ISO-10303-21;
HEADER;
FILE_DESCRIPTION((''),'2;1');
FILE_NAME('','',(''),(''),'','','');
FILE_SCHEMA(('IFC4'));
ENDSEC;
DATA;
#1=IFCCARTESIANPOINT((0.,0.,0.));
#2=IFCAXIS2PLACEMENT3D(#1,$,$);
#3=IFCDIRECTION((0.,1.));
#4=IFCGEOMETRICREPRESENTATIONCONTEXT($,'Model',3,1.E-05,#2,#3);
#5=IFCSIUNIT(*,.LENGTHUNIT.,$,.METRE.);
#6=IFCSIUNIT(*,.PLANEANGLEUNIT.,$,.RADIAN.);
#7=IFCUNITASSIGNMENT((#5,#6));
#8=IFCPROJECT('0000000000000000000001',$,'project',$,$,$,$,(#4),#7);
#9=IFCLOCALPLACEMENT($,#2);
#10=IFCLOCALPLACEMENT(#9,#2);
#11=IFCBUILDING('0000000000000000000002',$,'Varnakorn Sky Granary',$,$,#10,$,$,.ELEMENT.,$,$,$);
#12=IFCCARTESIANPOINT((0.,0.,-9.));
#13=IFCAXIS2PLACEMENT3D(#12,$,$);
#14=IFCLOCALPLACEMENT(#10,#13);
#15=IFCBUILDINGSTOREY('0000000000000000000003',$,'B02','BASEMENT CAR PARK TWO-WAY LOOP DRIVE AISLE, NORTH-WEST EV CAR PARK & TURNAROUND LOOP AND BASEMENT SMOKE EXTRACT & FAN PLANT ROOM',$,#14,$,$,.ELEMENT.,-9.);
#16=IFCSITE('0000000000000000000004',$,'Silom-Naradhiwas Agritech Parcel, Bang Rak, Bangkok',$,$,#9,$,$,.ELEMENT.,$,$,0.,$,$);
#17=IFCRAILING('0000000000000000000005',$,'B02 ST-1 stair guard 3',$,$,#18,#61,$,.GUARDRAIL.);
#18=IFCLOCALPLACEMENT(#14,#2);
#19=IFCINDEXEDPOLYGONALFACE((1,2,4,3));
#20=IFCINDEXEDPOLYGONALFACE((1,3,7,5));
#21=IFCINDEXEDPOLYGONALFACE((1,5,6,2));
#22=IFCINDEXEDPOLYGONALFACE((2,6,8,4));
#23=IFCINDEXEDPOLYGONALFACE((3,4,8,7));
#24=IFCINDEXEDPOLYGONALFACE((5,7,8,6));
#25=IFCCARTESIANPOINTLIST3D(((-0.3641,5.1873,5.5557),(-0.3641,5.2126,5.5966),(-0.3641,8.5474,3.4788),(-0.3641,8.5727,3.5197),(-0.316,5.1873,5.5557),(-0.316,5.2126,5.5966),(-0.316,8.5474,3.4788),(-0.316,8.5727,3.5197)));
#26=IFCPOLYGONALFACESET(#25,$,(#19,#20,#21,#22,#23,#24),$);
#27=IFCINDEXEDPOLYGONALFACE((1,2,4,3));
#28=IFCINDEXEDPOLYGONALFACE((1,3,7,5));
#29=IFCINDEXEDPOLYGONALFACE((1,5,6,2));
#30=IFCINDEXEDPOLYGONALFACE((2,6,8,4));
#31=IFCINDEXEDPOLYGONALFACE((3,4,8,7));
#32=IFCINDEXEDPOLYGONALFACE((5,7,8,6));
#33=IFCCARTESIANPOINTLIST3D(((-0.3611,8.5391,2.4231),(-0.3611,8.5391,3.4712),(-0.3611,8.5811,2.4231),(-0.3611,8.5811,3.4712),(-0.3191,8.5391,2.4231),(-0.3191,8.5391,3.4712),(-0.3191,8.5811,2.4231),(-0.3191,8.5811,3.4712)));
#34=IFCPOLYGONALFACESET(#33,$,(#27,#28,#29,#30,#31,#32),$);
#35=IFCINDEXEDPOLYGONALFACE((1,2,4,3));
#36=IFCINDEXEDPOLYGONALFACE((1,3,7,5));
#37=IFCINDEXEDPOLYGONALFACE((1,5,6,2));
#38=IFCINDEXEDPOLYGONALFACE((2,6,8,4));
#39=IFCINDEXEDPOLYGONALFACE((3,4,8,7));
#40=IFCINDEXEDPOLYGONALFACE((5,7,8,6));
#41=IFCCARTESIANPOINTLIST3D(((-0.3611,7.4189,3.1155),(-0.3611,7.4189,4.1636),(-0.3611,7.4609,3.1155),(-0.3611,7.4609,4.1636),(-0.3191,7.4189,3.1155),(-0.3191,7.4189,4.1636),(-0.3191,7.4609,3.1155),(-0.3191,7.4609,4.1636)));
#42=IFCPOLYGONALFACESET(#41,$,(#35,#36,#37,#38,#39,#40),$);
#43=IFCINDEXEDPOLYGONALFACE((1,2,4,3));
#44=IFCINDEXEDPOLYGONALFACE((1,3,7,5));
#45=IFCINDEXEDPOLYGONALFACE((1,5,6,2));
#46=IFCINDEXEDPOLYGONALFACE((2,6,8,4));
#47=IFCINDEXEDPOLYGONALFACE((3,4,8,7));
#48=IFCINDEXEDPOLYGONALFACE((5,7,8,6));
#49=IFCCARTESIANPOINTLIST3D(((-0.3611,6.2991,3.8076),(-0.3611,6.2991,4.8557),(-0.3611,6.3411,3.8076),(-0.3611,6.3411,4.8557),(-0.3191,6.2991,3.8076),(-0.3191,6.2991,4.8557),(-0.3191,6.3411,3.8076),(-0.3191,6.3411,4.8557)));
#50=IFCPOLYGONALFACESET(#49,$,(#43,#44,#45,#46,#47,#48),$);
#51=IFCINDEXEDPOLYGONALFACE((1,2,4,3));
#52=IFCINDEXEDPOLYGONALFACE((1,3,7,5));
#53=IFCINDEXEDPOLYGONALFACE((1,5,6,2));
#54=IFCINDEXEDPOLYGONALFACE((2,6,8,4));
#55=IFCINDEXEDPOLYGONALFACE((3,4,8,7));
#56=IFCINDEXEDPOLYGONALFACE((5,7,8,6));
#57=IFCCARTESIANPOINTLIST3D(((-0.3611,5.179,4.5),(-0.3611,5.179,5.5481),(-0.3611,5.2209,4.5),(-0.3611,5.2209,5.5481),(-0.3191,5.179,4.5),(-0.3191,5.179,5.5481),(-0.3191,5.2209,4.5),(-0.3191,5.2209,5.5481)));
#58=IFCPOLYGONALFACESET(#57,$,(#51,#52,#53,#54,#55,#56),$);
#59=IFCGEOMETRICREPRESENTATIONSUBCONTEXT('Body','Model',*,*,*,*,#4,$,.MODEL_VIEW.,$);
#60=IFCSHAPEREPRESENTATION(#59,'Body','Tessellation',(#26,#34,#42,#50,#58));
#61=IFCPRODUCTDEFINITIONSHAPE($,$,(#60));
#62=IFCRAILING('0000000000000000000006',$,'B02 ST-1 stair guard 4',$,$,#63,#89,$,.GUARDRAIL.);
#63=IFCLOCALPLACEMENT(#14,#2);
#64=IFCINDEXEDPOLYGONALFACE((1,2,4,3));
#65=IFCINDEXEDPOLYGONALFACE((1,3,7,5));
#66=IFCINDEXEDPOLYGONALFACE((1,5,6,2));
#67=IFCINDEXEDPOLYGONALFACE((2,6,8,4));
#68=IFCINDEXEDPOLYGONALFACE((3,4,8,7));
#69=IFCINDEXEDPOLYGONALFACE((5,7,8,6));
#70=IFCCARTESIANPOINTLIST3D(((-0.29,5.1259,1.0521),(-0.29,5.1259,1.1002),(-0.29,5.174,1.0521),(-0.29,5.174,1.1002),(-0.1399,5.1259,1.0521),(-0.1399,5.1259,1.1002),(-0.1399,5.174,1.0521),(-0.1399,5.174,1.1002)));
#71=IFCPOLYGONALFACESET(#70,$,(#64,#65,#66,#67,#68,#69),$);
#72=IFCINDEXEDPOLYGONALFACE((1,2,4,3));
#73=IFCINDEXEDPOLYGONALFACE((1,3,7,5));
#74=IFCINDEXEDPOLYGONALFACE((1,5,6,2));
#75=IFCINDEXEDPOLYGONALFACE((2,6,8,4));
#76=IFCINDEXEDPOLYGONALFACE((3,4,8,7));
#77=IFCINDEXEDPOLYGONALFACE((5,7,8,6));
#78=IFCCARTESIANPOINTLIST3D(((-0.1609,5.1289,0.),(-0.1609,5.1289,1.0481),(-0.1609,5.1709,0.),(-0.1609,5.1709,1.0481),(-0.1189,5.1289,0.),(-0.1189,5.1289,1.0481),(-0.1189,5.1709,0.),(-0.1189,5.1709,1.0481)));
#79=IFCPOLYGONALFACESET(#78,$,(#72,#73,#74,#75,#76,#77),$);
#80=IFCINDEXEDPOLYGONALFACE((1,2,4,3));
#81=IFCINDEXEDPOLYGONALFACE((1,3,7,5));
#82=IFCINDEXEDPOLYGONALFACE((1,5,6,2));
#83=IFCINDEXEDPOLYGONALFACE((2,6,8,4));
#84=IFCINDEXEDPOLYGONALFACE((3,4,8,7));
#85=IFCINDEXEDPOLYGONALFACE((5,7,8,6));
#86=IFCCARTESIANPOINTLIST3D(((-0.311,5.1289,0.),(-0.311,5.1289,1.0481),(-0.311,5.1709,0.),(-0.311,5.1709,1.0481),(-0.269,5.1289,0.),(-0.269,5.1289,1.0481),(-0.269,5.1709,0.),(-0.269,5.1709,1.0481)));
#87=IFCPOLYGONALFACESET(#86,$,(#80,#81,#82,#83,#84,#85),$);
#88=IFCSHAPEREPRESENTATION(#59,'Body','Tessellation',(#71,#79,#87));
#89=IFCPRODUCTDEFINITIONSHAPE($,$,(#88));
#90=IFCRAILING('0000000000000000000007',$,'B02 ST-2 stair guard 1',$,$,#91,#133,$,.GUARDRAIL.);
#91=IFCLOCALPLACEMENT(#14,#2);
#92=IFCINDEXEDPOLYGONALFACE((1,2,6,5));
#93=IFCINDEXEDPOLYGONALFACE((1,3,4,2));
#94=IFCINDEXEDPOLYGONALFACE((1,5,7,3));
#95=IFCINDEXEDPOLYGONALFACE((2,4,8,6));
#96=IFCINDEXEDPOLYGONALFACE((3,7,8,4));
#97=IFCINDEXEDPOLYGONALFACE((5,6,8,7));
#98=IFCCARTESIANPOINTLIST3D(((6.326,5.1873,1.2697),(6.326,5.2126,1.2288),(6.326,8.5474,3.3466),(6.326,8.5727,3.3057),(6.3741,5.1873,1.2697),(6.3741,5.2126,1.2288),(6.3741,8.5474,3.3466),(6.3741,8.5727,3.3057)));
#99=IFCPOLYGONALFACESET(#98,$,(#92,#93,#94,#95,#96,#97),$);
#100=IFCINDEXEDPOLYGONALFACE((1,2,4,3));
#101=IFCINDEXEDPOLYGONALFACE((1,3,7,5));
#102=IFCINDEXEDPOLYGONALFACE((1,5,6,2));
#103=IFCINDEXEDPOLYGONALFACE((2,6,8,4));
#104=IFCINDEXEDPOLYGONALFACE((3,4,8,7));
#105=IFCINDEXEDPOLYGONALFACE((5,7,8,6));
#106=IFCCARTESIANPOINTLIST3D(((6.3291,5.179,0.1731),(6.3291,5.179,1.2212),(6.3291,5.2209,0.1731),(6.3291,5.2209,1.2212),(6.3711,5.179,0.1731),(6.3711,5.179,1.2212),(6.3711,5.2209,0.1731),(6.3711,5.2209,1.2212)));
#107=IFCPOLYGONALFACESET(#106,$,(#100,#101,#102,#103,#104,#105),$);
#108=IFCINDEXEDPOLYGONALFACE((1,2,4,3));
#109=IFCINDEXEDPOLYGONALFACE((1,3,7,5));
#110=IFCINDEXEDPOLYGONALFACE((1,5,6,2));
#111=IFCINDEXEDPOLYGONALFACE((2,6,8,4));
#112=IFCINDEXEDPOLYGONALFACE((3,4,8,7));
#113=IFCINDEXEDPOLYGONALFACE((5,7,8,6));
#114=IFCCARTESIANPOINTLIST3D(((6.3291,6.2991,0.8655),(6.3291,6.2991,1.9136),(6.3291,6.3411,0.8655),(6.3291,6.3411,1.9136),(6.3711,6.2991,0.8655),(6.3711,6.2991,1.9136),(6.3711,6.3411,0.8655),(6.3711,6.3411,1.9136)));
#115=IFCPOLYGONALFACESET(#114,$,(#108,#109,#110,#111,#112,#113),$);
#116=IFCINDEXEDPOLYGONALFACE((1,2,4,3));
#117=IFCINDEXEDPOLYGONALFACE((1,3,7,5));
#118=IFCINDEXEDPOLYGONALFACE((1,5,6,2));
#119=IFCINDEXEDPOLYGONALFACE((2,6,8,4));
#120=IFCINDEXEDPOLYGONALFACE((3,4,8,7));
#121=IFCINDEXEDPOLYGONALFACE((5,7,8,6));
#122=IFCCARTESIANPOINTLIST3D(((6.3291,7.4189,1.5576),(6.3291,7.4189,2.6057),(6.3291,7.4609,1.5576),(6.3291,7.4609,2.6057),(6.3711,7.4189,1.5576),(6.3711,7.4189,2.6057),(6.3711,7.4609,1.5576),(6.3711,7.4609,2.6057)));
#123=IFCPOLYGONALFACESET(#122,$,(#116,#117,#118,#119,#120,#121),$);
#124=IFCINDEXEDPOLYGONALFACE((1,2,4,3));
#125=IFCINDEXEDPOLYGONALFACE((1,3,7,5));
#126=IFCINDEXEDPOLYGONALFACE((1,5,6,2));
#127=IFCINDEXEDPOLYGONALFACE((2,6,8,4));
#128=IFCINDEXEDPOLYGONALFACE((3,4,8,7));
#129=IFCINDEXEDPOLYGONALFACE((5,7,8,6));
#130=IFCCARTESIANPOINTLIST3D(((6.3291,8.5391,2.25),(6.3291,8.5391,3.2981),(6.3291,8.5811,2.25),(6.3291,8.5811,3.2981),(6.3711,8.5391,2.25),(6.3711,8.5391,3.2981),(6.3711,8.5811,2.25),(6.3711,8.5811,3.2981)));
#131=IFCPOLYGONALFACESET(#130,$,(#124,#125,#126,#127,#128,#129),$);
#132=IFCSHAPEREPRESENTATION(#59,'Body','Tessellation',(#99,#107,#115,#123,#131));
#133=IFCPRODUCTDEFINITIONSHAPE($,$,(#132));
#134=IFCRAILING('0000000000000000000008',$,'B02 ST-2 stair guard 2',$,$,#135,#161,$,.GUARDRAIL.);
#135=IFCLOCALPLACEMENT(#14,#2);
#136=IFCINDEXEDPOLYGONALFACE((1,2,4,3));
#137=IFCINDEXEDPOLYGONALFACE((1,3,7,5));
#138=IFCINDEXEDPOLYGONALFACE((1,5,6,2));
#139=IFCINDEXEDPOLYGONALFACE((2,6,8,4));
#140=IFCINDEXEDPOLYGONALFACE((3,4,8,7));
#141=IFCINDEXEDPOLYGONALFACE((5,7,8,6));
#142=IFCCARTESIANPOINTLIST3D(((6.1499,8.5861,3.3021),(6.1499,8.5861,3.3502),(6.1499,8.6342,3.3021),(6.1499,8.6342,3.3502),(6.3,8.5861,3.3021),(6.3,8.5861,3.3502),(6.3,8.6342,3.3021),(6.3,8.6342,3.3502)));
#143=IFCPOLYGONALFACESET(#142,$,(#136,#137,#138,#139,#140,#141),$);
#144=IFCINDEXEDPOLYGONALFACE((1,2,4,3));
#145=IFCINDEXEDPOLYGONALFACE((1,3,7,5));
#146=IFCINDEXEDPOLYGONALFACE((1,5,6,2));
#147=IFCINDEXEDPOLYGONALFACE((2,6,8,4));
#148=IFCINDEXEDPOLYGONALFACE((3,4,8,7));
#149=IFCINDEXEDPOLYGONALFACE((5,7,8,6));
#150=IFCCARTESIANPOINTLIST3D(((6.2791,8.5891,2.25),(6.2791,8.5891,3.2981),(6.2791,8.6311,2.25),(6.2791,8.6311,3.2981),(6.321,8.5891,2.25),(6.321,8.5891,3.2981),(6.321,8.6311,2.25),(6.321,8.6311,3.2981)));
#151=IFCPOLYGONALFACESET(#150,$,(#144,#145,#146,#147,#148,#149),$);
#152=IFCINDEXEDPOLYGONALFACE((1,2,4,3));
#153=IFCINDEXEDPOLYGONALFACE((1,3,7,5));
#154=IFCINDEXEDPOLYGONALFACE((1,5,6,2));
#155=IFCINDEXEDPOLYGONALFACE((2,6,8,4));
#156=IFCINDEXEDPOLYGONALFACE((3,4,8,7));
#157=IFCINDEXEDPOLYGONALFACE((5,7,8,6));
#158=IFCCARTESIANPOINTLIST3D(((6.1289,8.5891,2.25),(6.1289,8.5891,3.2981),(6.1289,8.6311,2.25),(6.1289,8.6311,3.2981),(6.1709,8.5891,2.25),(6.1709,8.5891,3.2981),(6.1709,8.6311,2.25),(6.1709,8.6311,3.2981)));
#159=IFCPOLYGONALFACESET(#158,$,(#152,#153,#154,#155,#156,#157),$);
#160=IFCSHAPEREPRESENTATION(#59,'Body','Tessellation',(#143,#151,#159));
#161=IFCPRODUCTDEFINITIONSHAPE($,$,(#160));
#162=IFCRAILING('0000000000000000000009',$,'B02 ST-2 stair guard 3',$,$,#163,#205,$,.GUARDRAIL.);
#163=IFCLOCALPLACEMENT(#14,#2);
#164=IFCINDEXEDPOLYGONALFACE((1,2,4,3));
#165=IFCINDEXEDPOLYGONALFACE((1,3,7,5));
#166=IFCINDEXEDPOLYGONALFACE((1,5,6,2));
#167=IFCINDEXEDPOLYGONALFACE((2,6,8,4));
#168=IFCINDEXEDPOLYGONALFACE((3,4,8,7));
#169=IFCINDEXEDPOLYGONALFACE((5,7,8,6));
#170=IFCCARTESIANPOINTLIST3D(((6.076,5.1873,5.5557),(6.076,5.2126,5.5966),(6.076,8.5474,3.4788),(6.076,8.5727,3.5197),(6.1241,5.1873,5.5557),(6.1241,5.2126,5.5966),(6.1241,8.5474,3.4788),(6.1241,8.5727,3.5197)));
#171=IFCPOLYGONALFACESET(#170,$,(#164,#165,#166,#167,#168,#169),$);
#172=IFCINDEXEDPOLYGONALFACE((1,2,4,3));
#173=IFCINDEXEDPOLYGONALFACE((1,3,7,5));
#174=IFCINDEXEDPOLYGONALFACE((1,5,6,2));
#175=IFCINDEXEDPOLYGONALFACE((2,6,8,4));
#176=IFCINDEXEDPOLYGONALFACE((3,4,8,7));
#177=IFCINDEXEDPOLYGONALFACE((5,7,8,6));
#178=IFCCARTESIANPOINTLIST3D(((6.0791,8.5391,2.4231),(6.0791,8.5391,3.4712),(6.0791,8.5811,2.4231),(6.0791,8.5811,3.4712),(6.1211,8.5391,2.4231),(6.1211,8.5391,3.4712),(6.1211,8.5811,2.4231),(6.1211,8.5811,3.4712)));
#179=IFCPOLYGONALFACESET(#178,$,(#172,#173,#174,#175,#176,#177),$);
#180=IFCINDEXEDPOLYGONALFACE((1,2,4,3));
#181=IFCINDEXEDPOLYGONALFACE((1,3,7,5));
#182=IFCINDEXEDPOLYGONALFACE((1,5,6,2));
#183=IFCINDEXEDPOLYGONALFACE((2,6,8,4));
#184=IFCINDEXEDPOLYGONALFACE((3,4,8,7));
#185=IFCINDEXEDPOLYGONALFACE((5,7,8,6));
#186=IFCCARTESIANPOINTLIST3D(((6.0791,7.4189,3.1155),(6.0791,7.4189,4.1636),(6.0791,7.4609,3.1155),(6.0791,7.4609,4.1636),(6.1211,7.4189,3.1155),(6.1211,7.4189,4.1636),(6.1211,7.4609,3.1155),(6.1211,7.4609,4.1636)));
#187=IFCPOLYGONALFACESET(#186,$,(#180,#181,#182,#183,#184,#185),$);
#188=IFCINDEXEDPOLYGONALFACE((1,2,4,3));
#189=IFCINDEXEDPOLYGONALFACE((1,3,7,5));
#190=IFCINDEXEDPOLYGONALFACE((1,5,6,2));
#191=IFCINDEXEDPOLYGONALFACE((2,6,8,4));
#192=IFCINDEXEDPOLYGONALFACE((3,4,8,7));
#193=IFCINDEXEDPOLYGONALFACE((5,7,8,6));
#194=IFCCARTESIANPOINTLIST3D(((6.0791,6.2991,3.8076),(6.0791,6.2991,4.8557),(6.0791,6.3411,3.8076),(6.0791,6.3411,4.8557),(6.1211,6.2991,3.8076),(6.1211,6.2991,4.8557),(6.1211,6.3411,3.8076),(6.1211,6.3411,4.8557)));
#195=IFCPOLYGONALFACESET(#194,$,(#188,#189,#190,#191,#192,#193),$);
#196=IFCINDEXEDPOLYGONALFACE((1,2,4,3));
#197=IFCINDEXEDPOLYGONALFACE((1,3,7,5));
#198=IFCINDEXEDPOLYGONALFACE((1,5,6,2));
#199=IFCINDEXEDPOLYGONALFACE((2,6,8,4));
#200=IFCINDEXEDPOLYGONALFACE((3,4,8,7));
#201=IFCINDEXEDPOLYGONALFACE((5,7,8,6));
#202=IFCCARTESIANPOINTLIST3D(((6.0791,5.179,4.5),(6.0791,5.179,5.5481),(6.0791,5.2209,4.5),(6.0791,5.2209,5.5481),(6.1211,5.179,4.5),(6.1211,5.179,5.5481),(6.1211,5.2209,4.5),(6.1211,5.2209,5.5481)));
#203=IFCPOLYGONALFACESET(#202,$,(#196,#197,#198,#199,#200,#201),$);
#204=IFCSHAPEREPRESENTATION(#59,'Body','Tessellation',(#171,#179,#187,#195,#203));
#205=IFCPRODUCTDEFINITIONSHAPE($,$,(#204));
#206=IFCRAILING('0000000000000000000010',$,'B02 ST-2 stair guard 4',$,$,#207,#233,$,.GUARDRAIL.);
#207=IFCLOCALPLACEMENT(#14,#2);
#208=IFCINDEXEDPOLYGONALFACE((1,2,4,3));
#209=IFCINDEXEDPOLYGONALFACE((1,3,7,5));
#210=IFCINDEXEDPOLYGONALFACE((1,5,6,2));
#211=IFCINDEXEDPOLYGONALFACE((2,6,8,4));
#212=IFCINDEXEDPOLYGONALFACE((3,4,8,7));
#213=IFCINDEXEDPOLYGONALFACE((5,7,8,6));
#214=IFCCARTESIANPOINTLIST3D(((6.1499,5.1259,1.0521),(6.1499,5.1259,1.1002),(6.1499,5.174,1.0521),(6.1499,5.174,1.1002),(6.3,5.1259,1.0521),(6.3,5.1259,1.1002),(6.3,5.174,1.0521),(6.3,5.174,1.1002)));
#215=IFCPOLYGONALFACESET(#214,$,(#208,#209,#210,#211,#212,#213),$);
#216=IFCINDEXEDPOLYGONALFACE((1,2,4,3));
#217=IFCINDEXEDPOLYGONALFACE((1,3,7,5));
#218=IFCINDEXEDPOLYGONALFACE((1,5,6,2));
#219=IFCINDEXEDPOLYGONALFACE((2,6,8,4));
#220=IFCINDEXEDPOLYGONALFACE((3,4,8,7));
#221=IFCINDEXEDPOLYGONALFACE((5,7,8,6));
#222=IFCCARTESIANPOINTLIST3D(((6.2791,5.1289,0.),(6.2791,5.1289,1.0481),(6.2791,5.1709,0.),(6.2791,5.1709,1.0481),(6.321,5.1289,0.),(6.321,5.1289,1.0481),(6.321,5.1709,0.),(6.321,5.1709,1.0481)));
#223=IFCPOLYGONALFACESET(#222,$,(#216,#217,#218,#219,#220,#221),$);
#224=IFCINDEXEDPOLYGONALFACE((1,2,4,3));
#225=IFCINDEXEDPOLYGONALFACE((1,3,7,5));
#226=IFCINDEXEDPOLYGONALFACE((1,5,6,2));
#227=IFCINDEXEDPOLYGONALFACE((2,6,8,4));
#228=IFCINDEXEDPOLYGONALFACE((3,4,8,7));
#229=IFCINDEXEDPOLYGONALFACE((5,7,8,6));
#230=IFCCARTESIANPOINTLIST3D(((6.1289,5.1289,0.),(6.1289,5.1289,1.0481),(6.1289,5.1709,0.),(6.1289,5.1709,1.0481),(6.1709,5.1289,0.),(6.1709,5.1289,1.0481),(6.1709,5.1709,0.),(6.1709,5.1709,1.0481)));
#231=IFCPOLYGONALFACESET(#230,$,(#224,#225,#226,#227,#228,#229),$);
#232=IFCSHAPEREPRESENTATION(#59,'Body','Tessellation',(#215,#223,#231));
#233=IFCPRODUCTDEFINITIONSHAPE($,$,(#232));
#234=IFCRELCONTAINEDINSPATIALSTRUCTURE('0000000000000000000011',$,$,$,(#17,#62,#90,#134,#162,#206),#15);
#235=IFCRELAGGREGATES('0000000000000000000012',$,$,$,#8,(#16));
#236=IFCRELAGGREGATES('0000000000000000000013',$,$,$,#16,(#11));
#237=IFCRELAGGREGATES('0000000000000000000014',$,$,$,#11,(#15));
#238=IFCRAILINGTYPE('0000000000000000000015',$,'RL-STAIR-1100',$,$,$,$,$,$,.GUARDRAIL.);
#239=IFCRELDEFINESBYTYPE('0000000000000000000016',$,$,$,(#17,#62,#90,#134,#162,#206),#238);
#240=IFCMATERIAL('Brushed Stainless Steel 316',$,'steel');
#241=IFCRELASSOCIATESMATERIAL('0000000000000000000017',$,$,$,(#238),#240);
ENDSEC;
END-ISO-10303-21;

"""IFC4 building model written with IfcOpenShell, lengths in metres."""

from ifc_helpers import new_model, si_unit, direction, frame, origin, origin_2d, place, context, subcontext, project, spatial, rectangle, extrude, material, type_object, element, save


model = new_model("IFC4")

# Units and contexts
model_context = context("Model", 3, precision=1e-05, world=origin(), true_north=direction((0.0, 1.0)))
body_context = subcontext(model_context, "Body", "Model", "MODEL_VIEW")
ifc_project = project(units=[si_unit("LENGTHUNIT", "METRE"), si_unit("PLANEANGLEUNIT", "RADIAN")], contexts=[model_context])

# Site, building, storey
site_placement = place(None, origin())
site = spatial("IfcSite", under=ifc_project, at=site_placement, Name="Silom-Naradhiwas Agritech Parcel, Bang Rak, Bangkok", CompositionType="ELEMENT", RefElevation=0.0)
building_placement = place(site_placement, origin())
building = spatial("IfcBuilding", under=site, at=building_placement, Name="Varnakorn Sky Granary", CompositionType="ELEMENT")
storey_placement = place(building_placement, frame((0.0, 0.0, -9.0)))
storey = spatial("IfcBuildingStorey", under=building, at=storey_placement, Name="B02", Description="BASEMENT CAR PARK TWO-WAY LOOP DRIVE AISLE, NORTH-WEST EV CAR PARK & TURNAROUND LOOP AND BASEMENT SMOKE EXTRACT & FAN PLANT ROOM", CompositionType="ELEMENT", Elevation=-9.0)

# Railings
ifc_material_1 = material(Name="Brushed Stainless Steel 316", Category="steel")
railing_type_1 = type_object("IfcRailingType", Name="RL-STAIR-1100", PredefinedType="GUARDRAIL", material=ifc_material_1)
railing_1_placement = place(storey_placement, frame((-0.3401, 8.5601, 2.4231)))
element("IfcRailing", 1, at=railing_1_placement, inside=storey, type_object=railing_type_1, Name="B02 ST-1 stair guard 3", PredefinedType="GUARDRAIL", context=body_context, shape_type="SweptSolid", body=[
    extrude(rectangle(XDim=0.0481, YDim=0.0481, at=origin_2d()), frame((0.0, 0.0, 1.0762), z_axis=(0.0, -0.850623, 0.525776), x_axis=(1.0, 0.0, 0.0)), (0.0, 0.0, 1.0), 3.9502),
    extrude(rectangle(XDim=0.042, YDim=0.042, at=origin_2d()), origin(), (0.0, 0.0, 1.0), 1.0481),
    extrude(rectangle(XDim=0.042, YDim=0.042, at=origin_2d()), frame((0.0, -1.1201, 0.6924)), (0.0, 0.0, 1.0), 1.0481),
    extrude(rectangle(XDim=0.042, YDim=0.042, at=origin_2d()), frame((0.0, -2.24, 1.3845)), (0.0, 0.0, 1.0), 1.0481),
    extrude(rectangle(XDim=0.042, YDim=0.042, at=origin_2d()), frame((0.0, -3.3601, 2.0769)), (0.0, 0.0, 1.0), 1.0481),
])
railing_2_placement = place(storey_placement, frame((-0.1399, 5.1499, 0.0)))
element("IfcRailing", 2, at=railing_2_placement, inside=storey, type_object=railing_type_1, Name="B02 ST-1 stair guard 4", PredefinedType="GUARDRAIL", context=body_context, shape_type="SweptSolid", body=[
    extrude(rectangle(XDim=0.0481, YDim=0.0481, at=origin_2d()), frame((0.0, 0.0, 1.0762), z_axis=(-1.0, 0.0, 0.0), x_axis=(0.0, -1.0, 0.0)), (0.0, 0.0, 1.0), 0.1501),
    extrude(rectangle(XDim=0.042, YDim=0.042, at=origin_2d()), origin(), (0.0, 0.0, 1.0), 1.0481),
    extrude(rectangle(XDim=0.042, YDim=0.042, at=origin_2d()), frame((-0.1501, 0.0, 0.0)), (0.0, 0.0, 1.0), 1.0481),
])
railing_3_placement = place(storey_placement, frame((6.3501, 5.2, 0.1731)))
element("IfcRailing", 3, at=railing_3_placement, inside=storey, type_object=railing_type_1, Name="B02 ST-2 stair guard 1", PredefinedType="GUARDRAIL", context=body_context, shape_type="SweptSolid", body=[
    extrude(rectangle(XDim=0.0481, YDim=0.0481, at=origin_2d()), frame((0.0, 0.0, 1.0762), z_axis=(0.0, 0.850623, 0.525776), x_axis=(-1.0, 0.0, 0.0)), (0.0, 0.0, 1.0), 3.9502),
    extrude(rectangle(XDim=0.042, YDim=0.042, at=origin_2d()), origin(), (0.0, 0.0, 1.0), 1.0481),
    extrude(rectangle(XDim=0.042, YDim=0.042, at=origin_2d()), frame((0.0, 1.1201, 0.6924)), (0.0, 0.0, 1.0), 1.0481),
    extrude(rectangle(XDim=0.042, YDim=0.042, at=origin_2d()), frame((0.0, 2.24, 1.3845)), (0.0, 0.0, 1.0), 1.0481),
    extrude(rectangle(XDim=0.042, YDim=0.042, at=origin_2d()), frame((0.0, 3.3601, 2.0769)), (0.0, 0.0, 1.0), 1.0481),
])
railing_4_placement = place(storey_placement, frame((6.3, 8.6101, 2.25)))
element("IfcRailing", 4, at=railing_4_placement, inside=storey, type_object=railing_type_1, Name="B02 ST-2 stair guard 2", PredefinedType="GUARDRAIL", context=body_context, shape_type="SweptSolid", body=[
    extrude(rectangle(XDim=0.0481, YDim=0.0481, at=origin_2d()), frame((0.0, 0.0, 1.0762), z_axis=(-1.0, 0.0, 0.0), x_axis=(0.0, -1.0, 0.0)), (0.0, 0.0, 1.0), 0.1501),
    extrude(rectangle(XDim=0.042, YDim=0.042, at=origin_2d()), origin(), (0.0, 0.0, 1.0), 1.0481),
    extrude(rectangle(XDim=0.042, YDim=0.042, at=origin_2d()), frame((-0.1501, 0.0, 0.0)), (0.0, 0.0, 1.0), 1.0481),
])
railing_5_placement = place(storey_placement, frame((6.1001, 8.5601, 2.4231)))
element("IfcRailing", 5, at=railing_5_placement, inside=storey, type_object=railing_type_1, Name="B02 ST-2 stair guard 3", PredefinedType="GUARDRAIL", context=body_context, shape_type="SweptSolid", body=[
    extrude(rectangle(XDim=0.0481, YDim=0.0481, at=origin_2d()), frame((0.0, 0.0, 1.0762), z_axis=(0.0, -0.850623, 0.525776), x_axis=(1.0, 0.0, 0.0)), (0.0, 0.0, 1.0), 3.9502),
    extrude(rectangle(XDim=0.042, YDim=0.042, at=origin_2d()), origin(), (0.0, 0.0, 1.0), 1.0481),
    extrude(rectangle(XDim=0.042, YDim=0.042, at=origin_2d()), frame((0.0, -1.1201, 0.6924)), (0.0, 0.0, 1.0), 1.0481),
    extrude(rectangle(XDim=0.042, YDim=0.042, at=origin_2d()), frame((0.0, -2.24, 1.3845)), (0.0, 0.0, 1.0), 1.0481),
    extrude(rectangle(XDim=0.042, YDim=0.042, at=origin_2d()), frame((0.0, -3.3601, 2.0769)), (0.0, 0.0, 1.0), 1.0481),
])
railing_6_placement = place(storey_placement, frame((6.3, 5.1499, 0.0)))
element("IfcRailing", 6, at=railing_6_placement, inside=storey, type_object=railing_type_1, Name="B02 ST-2 stair guard 4", PredefinedType="GUARDRAIL", context=body_context, shape_type="SweptSolid", body=[
    extrude(rectangle(XDim=0.0481, YDim=0.0481, at=origin_2d()), frame((0.0, 0.0, 1.0762), z_axis=(-1.0, 0.0, 0.0), x_axis=(0.0, -1.0, 0.0)), (0.0, 0.0, 1.0), 0.1501),
    extrude(rectangle(XDim=0.042, YDim=0.042, at=origin_2d()), origin(), (0.0, 0.0, 1.0), 1.0481),
    extrude(rectangle(XDim=0.042, YDim=0.042, at=origin_2d()), frame((-0.1501, 0.0, 0.0)), (0.0, 0.0, 1.0), 1.0481),
])

save(model, "model.ifc")
